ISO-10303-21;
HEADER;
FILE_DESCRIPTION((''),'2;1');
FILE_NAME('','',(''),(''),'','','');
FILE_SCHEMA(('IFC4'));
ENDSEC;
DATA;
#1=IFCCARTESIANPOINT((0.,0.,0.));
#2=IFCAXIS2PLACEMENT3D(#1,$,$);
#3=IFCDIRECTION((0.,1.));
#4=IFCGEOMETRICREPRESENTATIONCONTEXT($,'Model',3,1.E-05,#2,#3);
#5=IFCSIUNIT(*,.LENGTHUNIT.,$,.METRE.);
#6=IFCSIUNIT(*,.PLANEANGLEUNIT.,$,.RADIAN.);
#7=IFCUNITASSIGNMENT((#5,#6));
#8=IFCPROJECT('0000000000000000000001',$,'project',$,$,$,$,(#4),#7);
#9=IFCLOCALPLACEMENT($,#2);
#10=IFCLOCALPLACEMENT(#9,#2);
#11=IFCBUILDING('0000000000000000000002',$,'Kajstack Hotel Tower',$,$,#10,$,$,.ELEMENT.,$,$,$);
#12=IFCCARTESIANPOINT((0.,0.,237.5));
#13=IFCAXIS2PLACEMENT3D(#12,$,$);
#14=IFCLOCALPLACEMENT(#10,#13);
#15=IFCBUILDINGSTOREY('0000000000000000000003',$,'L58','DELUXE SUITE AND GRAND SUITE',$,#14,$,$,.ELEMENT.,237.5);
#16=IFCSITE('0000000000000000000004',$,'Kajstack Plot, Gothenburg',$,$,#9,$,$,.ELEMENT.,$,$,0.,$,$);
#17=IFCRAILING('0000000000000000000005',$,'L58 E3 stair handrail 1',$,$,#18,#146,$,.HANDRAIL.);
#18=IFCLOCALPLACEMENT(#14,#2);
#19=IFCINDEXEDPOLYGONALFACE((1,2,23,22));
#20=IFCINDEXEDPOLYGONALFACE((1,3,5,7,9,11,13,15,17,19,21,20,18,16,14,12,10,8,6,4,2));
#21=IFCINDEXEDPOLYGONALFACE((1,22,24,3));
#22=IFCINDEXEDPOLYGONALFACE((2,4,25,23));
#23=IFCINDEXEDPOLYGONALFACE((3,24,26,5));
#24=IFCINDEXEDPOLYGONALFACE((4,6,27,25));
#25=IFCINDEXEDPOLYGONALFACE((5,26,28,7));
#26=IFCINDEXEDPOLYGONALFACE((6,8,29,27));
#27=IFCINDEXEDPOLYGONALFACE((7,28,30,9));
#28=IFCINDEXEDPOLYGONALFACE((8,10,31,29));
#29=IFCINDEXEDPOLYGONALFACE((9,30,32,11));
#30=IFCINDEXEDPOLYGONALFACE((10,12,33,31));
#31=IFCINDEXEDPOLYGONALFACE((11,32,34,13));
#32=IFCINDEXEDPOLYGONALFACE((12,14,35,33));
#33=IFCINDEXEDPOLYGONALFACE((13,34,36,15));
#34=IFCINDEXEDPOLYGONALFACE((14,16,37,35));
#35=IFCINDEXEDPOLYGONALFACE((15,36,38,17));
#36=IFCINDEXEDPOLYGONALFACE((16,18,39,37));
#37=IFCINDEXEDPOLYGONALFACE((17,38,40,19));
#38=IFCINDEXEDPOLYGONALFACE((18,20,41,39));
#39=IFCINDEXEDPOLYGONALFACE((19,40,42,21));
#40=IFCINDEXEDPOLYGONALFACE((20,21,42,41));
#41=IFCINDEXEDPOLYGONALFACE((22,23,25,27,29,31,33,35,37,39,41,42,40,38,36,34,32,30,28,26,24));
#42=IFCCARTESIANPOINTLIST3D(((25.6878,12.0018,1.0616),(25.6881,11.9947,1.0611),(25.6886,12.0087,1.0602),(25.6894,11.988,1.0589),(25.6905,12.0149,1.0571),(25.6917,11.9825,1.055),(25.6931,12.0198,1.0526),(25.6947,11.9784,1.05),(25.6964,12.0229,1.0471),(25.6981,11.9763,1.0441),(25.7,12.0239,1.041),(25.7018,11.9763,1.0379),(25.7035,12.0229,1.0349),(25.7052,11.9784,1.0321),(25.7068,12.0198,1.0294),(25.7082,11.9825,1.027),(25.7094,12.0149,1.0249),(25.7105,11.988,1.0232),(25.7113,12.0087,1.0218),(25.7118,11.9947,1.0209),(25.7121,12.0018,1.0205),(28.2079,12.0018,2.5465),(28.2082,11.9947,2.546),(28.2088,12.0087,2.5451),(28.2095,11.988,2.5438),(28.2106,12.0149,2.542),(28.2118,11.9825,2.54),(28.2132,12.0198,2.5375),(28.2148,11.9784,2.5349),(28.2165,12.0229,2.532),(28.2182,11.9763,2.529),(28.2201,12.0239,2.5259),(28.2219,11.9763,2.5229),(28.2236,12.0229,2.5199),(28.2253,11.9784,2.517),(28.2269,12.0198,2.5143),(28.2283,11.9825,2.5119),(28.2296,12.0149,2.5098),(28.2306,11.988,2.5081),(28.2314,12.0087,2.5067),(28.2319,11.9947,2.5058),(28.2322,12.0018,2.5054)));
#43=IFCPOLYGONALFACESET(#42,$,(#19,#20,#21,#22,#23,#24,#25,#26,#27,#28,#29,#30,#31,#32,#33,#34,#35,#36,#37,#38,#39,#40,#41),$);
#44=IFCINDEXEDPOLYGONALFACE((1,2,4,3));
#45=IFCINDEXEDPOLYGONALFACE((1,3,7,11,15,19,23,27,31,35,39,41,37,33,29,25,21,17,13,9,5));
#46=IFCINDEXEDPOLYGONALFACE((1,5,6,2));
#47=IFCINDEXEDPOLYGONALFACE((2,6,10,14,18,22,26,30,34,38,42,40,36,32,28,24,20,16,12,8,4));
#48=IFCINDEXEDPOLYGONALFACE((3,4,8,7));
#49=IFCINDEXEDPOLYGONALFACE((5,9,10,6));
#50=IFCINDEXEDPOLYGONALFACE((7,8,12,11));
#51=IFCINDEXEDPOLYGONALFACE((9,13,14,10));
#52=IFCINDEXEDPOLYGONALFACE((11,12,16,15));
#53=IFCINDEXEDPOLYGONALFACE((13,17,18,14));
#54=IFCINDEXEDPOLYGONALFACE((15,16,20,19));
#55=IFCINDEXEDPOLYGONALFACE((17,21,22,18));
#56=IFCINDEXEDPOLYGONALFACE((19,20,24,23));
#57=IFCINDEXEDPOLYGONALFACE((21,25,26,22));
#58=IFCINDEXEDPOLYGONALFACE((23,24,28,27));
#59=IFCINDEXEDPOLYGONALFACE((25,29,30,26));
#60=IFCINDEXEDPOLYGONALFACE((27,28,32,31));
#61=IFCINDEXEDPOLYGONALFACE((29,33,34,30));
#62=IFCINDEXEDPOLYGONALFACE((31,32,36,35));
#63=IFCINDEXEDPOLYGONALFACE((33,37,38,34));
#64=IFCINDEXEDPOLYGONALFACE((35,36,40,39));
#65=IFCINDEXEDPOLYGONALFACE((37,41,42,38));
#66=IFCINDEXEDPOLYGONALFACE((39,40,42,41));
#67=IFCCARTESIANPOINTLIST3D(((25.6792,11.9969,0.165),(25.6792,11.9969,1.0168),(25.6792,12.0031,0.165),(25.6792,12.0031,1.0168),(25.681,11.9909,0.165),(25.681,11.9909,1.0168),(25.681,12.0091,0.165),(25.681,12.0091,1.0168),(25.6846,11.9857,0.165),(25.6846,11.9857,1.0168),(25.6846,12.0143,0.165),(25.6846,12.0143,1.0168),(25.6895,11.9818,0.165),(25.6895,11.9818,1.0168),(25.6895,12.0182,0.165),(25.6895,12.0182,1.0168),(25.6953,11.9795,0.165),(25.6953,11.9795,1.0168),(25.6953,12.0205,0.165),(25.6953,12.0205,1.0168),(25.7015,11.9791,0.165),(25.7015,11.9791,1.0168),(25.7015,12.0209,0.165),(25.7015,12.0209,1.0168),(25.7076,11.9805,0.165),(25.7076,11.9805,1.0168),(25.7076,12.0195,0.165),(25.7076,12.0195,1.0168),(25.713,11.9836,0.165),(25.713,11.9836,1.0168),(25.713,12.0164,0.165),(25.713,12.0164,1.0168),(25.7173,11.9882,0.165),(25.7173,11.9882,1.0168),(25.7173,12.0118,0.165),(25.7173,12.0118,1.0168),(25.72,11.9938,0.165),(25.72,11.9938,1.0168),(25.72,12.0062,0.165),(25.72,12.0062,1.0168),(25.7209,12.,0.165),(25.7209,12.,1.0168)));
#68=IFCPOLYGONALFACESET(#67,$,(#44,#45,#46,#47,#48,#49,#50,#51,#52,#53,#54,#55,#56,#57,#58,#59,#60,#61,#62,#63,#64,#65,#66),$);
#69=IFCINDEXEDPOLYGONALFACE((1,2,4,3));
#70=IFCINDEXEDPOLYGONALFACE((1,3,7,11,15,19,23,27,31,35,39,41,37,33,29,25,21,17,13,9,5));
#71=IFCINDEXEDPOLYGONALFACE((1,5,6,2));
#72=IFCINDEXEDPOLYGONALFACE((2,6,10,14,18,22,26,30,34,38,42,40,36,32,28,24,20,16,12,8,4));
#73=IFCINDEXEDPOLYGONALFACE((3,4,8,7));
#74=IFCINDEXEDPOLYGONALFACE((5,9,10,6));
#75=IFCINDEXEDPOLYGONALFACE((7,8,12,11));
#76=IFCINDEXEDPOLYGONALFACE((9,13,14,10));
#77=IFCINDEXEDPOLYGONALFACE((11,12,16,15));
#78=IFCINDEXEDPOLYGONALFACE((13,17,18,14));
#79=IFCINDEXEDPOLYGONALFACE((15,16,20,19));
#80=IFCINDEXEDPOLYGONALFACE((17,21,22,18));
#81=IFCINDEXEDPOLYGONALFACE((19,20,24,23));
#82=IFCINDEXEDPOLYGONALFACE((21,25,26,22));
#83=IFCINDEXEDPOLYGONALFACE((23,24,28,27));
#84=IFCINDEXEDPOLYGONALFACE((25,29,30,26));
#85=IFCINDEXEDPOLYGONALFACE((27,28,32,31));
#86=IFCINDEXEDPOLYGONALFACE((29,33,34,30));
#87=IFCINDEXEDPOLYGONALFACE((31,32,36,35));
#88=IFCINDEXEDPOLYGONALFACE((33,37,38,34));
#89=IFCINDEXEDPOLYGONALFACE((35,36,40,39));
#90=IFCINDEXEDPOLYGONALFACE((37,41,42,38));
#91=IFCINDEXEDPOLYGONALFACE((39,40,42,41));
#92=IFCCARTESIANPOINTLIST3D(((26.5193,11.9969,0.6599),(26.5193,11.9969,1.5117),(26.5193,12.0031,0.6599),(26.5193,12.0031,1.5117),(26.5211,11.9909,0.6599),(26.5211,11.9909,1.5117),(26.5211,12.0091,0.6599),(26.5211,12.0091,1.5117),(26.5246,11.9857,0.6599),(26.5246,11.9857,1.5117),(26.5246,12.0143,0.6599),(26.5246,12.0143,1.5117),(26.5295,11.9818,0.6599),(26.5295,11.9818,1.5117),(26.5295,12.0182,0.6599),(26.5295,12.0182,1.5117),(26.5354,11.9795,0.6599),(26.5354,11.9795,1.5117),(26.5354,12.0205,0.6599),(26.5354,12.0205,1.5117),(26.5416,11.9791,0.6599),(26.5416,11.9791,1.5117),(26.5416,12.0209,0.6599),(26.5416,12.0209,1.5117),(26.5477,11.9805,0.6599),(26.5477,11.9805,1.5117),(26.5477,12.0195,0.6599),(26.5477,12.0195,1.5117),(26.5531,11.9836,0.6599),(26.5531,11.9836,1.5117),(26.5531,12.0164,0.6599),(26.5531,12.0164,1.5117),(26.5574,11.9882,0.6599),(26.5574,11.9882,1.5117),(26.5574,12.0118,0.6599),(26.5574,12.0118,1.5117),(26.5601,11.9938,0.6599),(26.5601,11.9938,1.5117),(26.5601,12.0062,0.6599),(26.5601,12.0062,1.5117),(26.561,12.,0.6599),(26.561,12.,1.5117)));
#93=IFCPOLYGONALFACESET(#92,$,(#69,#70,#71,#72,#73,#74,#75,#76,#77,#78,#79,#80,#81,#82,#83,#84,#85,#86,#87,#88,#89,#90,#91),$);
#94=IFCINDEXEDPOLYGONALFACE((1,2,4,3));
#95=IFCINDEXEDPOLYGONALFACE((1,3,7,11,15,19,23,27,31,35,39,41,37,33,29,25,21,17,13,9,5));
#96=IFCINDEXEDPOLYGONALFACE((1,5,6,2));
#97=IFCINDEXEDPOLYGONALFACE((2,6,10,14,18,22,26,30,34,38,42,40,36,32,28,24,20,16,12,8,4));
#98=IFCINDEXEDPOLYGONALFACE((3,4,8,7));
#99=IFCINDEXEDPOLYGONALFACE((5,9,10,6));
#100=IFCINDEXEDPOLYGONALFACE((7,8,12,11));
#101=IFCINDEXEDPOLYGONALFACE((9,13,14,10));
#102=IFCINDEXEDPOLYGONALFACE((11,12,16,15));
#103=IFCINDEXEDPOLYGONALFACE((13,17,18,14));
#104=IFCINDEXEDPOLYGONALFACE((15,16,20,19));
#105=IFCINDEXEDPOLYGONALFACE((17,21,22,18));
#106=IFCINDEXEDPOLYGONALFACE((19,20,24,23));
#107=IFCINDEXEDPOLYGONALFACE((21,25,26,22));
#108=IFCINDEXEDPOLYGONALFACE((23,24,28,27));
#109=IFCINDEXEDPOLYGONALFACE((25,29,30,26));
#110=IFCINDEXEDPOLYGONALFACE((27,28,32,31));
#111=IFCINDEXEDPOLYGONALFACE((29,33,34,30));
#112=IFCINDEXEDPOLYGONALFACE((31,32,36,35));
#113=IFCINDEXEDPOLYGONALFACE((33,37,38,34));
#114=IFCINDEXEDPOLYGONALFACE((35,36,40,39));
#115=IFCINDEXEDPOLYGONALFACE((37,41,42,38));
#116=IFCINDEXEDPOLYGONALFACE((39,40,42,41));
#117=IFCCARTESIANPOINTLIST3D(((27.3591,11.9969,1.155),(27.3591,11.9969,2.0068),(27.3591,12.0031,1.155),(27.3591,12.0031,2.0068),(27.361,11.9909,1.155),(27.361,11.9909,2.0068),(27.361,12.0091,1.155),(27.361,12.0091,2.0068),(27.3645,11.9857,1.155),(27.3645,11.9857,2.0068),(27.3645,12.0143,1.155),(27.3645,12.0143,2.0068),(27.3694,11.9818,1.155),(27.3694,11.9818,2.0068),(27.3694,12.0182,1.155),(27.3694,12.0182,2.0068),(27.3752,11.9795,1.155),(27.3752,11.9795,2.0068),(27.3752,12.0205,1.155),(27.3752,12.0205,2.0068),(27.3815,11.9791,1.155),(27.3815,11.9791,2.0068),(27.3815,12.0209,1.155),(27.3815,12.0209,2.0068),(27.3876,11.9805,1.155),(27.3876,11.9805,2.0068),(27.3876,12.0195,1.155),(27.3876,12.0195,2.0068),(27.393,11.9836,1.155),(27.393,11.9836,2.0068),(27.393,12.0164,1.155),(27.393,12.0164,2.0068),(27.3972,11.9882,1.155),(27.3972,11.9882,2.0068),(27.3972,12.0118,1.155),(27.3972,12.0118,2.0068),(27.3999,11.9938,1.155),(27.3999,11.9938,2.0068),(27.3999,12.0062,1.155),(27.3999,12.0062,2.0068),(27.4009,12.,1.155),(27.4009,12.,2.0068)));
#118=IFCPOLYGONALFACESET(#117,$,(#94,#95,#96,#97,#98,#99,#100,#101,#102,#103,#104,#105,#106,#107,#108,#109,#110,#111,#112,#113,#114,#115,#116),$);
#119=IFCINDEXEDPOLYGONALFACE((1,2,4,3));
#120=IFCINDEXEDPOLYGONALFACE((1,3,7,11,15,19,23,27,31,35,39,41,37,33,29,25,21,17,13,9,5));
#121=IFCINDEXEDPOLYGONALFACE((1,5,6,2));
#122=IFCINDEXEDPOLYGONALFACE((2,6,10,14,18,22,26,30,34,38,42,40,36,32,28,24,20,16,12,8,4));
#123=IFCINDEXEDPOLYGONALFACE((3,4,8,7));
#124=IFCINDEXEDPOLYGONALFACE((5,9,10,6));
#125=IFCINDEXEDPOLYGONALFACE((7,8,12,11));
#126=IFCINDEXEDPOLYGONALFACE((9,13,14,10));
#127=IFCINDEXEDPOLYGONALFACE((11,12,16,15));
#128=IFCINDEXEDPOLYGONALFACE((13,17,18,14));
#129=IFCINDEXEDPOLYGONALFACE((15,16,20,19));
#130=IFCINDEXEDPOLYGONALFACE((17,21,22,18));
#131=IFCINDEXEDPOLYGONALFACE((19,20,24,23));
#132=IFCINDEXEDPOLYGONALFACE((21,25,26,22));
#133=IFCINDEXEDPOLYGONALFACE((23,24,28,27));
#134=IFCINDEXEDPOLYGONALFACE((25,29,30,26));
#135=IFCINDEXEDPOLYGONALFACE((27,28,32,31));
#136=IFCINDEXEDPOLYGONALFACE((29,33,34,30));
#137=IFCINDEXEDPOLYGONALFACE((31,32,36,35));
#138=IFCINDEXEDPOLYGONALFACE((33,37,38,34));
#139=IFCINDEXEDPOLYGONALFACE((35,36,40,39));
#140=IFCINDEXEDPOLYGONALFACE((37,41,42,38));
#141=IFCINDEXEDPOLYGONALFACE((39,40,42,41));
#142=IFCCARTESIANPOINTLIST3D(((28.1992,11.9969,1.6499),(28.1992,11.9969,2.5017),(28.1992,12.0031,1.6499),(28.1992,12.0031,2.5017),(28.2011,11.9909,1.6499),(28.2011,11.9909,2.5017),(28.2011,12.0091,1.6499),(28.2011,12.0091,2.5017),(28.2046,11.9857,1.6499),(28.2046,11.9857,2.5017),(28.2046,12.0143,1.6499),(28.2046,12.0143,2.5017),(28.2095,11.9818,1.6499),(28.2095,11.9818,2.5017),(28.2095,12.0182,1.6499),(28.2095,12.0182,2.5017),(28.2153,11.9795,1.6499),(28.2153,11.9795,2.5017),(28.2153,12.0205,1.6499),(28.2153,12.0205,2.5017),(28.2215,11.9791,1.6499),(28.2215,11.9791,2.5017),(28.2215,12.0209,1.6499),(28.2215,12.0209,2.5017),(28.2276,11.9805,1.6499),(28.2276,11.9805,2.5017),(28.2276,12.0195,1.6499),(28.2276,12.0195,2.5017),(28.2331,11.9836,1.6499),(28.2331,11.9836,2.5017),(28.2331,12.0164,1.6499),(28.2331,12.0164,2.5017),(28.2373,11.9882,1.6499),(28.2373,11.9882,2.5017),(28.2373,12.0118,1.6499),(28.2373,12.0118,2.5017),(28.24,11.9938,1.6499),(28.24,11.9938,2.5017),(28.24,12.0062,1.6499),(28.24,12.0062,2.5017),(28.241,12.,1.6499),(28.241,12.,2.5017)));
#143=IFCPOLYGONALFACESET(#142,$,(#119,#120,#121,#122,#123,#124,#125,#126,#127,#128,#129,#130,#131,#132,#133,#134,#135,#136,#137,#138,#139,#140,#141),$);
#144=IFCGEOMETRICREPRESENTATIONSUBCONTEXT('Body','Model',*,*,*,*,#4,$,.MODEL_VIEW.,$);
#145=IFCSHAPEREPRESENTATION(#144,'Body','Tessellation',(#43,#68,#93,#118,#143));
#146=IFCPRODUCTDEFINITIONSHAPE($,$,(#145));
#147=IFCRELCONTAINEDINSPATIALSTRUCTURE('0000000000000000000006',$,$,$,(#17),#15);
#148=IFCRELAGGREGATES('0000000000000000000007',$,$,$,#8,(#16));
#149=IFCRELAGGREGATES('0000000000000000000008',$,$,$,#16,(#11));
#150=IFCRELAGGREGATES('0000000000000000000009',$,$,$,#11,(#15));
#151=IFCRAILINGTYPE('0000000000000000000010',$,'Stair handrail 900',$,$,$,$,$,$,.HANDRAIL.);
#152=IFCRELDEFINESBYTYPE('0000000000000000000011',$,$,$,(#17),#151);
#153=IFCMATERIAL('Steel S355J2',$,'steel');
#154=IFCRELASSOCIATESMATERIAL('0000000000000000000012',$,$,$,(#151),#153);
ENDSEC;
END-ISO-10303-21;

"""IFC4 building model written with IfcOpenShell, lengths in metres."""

from ifc_helpers import new_model, si_unit, direction, frame, origin, origin_2d, place, context, subcontext, project, spatial, circle, extrude, material, type_object, element, save


model = new_model("IFC4")

# Units and contexts
model_context = context("Model", 3, precision=1e-05, world=origin(), true_north=direction((0.0, 1.0)))
body_context = subcontext(model_context, "Body", "Model", "MODEL_VIEW")
ifc_project = project(units=[si_unit("LENGTHUNIT", "METRE"), si_unit("PLANEANGLEUNIT", "RADIAN")], contexts=[model_context])

# Site, building, storey
site_placement = place(None, origin())
site = spatial("IfcSite", under=ifc_project, at=site_placement, Name="Kajstack Plot, Gothenburg", CompositionType="ELEMENT", RefElevation=0.0)
building_placement = place(site_placement, origin())
building = spatial("IfcBuilding", under=site, at=building_placement, Name="Kajstack Hotel Tower", CompositionType="ELEMENT")
storey_placement = place(building_placement, frame((0.0, 0.0, 237.5)))
storey = spatial("IfcBuildingStorey", under=building, at=storey_placement, Name="L58", Description="DELUXE SUITE AND GRAND SUITE", CompositionType="ELEMENT", Elevation=237.5)

# Railing
ifc_material_1 = material(Name="Steel S355J2", Category="steel")
railing_type_1 = type_object("IfcRailingType", Name="Stair handrail 900", PredefinedType="HANDRAIL", material=ifc_material_1)
railing_1_placement = place(storey_placement, frame((25.7, 12.0, 0.165)))
element("IfcRailing", 1, at=railing_1_placement, inside=storey, type_object=railing_type_1, Name="L58 E3 stair handrail 1", PredefinedType="HANDRAIL", context=body_context, shape_type="SweptSolid", body=[
    extrude(circle(Radius=0.0239, at=origin_2d()), frame((0.0, 0.0, 0.876), z_axis=(0.861561, 0.0, 0.507655), x_axis=(0.0, 1.0, 0.0)), (0.0, 0.0, 1.0), 2.925),
    extrude(circle(Radius=0.021, at=origin_2d()), origin(), (0.0, 0.0, 1.0), 0.8518),
    extrude(circle(Radius=0.021, at=origin_2d()), frame((0.8401, 0.0, 0.4949)), (0.0, 0.0, 1.0), 0.8518),
    extrude(circle(Radius=0.021, at=origin_2d()), frame((1.6799, 0.0, 0.99)), (0.0, 0.0, 1.0), 0.8518),
    extrude(circle(Radius=0.021, at=origin_2d()), frame((2.52, 0.0, 1.4849)), (0.0, 0.0, 1.0), 0.8518),
])

save(model, "model.ifc")
